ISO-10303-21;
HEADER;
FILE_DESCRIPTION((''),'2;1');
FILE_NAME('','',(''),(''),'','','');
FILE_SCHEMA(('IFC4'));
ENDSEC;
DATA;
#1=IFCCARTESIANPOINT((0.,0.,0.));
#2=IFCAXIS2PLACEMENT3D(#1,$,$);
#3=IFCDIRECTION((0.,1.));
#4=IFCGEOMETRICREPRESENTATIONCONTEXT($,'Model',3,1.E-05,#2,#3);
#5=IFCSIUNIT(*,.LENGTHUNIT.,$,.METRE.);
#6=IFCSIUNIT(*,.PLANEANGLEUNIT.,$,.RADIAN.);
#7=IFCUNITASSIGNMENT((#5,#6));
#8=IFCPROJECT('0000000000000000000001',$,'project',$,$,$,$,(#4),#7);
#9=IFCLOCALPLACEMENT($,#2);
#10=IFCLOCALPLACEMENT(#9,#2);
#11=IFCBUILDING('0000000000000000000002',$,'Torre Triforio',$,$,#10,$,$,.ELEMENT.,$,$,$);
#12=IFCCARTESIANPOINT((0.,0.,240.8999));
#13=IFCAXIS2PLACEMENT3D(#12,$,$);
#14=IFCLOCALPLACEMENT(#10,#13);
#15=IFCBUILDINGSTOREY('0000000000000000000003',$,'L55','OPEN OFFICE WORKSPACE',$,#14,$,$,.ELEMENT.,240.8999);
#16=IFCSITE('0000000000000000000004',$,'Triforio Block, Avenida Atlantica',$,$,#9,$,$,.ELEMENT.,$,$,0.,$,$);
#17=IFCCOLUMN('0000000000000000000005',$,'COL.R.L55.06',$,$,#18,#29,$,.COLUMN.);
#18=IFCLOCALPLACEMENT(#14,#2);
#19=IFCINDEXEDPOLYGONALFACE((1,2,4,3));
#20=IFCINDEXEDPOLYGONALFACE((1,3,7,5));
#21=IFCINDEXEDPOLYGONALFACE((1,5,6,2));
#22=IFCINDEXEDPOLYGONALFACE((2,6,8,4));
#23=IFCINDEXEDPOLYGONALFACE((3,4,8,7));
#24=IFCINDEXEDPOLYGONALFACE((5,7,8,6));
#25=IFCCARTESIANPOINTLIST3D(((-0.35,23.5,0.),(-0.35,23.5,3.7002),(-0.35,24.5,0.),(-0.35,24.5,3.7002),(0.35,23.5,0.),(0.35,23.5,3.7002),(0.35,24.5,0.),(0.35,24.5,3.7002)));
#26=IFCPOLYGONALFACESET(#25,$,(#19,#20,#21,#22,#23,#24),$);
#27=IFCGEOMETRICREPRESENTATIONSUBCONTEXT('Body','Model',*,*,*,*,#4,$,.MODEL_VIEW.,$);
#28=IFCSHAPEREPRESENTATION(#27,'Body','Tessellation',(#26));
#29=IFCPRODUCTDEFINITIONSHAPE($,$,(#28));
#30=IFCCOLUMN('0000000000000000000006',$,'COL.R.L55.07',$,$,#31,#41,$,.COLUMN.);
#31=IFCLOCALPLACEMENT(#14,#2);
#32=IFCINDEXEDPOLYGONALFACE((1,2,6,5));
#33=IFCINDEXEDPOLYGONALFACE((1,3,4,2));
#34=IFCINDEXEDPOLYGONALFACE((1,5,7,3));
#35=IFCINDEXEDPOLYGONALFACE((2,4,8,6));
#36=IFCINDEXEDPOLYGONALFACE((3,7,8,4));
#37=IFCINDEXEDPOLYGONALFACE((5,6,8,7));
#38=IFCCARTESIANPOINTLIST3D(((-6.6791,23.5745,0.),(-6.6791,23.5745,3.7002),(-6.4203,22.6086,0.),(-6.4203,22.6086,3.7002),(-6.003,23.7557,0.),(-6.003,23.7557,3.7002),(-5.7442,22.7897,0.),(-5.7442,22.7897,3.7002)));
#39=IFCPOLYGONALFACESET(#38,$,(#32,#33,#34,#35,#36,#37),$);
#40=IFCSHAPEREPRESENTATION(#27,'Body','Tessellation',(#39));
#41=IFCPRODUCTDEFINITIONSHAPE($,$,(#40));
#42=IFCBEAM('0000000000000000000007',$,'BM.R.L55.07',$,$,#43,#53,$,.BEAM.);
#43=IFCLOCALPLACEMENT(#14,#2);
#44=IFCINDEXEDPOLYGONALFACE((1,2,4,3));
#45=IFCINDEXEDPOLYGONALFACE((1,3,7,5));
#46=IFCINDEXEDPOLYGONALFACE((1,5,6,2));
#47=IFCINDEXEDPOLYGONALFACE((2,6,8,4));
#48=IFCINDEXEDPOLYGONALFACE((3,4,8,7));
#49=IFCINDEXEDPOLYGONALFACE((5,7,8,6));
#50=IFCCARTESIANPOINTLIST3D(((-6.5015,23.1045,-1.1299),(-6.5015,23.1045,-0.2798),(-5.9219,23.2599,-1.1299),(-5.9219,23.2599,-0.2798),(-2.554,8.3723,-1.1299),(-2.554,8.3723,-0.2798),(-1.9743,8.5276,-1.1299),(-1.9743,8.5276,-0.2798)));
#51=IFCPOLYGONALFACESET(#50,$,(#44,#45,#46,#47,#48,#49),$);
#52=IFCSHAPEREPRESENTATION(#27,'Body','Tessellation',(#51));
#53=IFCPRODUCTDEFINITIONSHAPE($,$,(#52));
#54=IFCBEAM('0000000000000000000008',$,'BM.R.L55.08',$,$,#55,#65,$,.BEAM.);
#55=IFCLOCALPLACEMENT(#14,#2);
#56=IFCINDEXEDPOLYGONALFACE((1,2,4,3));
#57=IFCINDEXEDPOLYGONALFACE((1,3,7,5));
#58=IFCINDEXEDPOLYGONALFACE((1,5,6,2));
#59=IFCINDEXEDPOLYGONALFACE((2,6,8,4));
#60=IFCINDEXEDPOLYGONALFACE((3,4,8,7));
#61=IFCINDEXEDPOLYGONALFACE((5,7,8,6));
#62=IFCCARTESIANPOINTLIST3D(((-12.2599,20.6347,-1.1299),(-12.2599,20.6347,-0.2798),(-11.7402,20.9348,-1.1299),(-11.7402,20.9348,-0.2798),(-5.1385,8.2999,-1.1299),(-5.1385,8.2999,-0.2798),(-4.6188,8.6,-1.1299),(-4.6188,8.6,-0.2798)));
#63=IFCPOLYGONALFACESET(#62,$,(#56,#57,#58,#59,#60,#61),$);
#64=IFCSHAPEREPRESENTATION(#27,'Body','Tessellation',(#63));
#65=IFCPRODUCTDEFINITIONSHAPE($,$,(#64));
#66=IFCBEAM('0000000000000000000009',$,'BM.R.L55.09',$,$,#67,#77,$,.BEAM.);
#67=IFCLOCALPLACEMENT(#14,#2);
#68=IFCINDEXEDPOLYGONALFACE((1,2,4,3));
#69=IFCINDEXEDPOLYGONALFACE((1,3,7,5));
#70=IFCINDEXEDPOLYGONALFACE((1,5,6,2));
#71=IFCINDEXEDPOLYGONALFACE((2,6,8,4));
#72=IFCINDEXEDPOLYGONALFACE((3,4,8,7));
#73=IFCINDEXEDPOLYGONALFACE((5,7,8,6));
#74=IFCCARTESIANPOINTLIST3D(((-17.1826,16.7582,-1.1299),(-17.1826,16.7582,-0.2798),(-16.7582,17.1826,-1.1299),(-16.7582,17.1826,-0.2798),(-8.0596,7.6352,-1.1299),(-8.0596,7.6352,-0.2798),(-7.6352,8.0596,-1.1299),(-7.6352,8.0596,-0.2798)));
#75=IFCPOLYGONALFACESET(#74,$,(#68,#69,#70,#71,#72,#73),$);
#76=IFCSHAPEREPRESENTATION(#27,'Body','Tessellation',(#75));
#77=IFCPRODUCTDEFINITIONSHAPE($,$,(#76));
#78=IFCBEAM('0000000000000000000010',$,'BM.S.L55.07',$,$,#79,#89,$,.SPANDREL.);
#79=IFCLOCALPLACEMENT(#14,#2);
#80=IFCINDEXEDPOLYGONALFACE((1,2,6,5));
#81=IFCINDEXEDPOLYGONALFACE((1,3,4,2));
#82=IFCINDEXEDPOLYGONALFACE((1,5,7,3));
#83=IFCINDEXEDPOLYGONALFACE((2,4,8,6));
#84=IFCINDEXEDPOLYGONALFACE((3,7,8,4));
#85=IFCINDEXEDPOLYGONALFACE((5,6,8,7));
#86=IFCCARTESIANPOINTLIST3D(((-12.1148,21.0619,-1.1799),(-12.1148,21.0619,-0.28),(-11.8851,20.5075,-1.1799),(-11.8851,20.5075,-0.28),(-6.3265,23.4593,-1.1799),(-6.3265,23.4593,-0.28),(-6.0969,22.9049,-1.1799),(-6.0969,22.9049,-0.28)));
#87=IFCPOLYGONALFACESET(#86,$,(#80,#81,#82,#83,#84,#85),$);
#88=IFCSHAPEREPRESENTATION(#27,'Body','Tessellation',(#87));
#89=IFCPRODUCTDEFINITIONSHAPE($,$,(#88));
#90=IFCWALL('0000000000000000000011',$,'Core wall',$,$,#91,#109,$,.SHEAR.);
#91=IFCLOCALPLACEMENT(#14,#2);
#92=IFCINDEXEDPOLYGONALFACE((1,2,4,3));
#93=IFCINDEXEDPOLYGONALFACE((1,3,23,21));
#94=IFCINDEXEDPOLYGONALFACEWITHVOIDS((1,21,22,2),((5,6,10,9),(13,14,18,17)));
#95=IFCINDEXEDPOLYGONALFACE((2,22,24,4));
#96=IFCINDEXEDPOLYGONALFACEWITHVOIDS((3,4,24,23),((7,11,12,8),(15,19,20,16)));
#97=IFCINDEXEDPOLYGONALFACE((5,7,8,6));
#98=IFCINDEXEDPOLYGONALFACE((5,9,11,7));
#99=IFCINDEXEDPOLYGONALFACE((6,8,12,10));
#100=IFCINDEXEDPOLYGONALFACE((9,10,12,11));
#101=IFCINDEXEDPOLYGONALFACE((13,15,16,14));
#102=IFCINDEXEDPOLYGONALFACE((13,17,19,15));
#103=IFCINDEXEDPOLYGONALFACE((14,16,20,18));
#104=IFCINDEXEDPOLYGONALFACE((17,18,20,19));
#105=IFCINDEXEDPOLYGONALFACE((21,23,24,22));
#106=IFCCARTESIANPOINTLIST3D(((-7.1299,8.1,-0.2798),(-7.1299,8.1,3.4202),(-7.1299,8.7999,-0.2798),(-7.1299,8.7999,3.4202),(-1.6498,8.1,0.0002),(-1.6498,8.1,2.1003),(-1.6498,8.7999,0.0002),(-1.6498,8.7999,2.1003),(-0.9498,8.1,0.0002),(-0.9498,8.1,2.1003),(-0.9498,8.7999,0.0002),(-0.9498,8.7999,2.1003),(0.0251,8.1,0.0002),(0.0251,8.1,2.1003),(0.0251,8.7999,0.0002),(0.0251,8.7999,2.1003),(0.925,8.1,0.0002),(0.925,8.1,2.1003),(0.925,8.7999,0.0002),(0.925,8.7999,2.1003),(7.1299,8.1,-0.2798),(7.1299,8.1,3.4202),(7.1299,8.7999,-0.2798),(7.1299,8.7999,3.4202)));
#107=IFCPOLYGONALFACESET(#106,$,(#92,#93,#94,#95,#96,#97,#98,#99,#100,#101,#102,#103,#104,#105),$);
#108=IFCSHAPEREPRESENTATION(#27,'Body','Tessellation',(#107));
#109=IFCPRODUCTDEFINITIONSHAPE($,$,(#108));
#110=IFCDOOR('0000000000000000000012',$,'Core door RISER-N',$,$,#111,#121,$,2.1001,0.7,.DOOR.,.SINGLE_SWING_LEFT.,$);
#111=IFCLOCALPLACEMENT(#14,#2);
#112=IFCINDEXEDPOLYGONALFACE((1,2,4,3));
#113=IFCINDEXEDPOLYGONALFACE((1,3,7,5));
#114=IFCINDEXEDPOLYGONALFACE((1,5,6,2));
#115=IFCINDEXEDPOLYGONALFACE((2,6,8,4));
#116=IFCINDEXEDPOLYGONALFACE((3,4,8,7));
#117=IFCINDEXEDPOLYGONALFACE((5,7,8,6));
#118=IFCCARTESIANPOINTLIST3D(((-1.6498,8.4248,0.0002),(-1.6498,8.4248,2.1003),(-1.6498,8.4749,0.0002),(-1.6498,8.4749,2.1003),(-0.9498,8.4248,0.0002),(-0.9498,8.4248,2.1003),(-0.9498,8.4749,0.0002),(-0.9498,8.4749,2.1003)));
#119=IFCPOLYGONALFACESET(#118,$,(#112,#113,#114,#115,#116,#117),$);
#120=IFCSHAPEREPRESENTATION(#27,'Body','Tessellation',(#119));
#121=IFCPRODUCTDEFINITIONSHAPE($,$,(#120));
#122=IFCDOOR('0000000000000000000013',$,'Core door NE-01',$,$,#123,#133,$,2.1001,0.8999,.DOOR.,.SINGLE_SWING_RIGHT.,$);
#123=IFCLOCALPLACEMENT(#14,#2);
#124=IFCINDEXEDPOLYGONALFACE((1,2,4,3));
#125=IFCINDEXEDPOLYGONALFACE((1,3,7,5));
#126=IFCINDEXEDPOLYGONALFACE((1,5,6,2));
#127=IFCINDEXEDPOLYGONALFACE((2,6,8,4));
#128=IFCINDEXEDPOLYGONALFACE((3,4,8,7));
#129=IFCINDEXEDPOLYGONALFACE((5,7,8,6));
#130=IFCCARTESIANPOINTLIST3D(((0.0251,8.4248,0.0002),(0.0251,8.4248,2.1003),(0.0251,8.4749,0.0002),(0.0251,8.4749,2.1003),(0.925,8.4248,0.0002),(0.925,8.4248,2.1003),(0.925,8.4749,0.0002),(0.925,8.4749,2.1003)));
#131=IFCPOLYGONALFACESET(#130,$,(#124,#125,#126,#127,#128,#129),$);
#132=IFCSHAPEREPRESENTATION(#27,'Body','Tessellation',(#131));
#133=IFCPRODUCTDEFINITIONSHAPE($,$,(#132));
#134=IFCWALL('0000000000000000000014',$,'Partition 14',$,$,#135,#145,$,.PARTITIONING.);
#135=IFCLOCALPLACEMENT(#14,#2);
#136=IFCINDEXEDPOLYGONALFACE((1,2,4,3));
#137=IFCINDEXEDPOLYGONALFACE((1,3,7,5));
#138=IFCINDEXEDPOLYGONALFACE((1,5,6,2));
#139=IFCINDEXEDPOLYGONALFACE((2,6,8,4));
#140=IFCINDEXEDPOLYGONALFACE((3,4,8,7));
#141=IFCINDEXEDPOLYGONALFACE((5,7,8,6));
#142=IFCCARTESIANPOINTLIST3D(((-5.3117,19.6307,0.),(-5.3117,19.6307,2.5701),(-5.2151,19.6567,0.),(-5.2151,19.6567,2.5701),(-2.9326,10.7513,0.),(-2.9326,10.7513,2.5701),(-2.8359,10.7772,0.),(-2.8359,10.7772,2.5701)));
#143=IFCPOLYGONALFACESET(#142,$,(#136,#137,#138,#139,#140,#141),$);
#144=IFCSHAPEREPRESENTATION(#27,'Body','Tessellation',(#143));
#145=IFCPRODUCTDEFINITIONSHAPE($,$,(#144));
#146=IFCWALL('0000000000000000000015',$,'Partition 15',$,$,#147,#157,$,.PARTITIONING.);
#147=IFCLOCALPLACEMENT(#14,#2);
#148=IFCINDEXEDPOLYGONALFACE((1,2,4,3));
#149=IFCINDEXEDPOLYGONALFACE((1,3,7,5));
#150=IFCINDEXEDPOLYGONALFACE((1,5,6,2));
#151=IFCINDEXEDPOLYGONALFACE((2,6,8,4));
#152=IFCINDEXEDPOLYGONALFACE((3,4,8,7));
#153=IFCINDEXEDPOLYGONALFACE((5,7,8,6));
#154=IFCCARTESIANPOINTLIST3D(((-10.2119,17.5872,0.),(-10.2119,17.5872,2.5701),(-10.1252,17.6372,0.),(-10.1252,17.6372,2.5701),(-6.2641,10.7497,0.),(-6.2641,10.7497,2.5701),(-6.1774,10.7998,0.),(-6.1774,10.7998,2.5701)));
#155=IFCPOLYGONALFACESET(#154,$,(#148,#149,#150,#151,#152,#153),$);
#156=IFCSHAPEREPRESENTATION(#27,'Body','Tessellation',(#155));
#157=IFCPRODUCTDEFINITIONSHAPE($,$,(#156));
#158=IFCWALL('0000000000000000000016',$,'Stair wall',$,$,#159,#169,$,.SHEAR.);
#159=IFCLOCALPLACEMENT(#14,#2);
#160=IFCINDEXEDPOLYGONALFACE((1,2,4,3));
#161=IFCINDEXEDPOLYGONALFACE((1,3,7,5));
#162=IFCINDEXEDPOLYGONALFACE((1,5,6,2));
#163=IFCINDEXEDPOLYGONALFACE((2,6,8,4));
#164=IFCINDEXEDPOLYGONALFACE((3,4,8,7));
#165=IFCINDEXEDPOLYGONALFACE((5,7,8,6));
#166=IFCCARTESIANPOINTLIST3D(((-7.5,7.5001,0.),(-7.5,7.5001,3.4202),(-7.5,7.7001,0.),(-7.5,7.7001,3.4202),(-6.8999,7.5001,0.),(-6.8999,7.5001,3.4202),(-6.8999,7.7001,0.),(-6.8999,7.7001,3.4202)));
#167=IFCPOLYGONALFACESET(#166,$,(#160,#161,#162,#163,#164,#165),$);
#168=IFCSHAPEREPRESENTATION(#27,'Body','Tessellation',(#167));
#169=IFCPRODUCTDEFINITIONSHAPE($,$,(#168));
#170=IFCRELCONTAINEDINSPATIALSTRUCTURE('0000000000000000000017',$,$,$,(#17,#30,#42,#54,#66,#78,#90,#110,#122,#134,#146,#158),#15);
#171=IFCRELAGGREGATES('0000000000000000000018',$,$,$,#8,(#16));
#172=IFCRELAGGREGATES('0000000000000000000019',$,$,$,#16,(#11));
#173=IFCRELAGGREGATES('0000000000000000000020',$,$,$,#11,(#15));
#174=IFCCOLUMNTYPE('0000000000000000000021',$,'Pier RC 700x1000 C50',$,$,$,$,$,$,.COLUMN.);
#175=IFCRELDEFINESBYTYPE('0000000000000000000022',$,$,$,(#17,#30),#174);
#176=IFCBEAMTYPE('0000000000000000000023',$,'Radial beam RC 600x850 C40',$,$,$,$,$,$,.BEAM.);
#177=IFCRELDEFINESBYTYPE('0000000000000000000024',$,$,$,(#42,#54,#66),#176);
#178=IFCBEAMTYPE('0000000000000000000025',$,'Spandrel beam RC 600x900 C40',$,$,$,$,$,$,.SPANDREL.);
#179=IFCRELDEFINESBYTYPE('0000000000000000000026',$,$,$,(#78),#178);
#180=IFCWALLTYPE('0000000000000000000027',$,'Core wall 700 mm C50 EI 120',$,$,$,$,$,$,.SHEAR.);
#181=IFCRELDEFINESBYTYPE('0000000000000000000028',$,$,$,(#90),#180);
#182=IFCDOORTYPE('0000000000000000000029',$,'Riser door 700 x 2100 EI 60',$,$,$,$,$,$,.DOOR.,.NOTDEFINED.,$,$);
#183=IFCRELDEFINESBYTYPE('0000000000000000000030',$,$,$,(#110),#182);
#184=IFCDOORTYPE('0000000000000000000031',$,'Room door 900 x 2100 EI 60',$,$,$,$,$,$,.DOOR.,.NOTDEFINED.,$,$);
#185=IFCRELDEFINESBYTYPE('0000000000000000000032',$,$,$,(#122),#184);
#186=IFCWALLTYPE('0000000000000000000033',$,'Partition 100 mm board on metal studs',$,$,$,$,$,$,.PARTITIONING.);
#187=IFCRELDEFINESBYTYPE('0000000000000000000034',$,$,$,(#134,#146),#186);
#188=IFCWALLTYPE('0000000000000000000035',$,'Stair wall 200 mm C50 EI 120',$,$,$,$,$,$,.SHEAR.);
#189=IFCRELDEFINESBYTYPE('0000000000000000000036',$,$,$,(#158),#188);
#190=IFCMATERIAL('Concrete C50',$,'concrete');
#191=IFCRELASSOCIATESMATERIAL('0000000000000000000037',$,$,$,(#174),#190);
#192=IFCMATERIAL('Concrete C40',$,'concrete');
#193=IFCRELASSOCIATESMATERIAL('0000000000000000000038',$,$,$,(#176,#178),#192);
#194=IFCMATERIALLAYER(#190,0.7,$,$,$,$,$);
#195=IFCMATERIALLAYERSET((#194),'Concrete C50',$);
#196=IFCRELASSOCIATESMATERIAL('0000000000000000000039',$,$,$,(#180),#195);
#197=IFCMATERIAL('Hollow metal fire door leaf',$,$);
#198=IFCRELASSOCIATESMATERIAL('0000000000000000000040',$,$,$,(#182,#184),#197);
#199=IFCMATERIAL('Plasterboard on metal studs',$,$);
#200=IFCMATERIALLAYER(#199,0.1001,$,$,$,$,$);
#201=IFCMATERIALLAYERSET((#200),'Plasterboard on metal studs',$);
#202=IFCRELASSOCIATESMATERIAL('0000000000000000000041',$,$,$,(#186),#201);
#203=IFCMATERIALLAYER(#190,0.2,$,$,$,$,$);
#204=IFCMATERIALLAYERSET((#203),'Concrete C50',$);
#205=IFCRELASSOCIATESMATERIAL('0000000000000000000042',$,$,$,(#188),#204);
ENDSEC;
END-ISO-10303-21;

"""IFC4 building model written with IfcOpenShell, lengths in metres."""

from ifc_helpers import new_model, si_unit, direction, frame, frame_2d, origin, origin_2d, place, context, subcontext, project, spatial, rectangle, extrude, material, layer, layer_set, material_profile, profile_set, type_object, element, fill, save


model = new_model("IFC4")

# Units and contexts
model_context = context("Model", 3, precision=1e-05, world=origin(), true_north=direction((0.0, 1.0)))
body_context = subcontext(model_context, "Body", "Model", "MODEL_VIEW")
ifc_project = project(units=[si_unit("LENGTHUNIT", "METRE"), si_unit("PLANEANGLEUNIT", "RADIAN")], contexts=[model_context])

# Site, building, storey
site_placement = place(None, origin())
site = spatial("IfcSite", under=ifc_project, at=site_placement, Name="Triforio Block, Avenida Atlantica", CompositionType="ELEMENT", RefElevation=0.0)
building_placement = place(site_placement, origin())
building = spatial("IfcBuilding", under=site, at=building_placement, Name="Torre Triforio", CompositionType="ELEMENT")
storey_placement = place(building_placement, frame((0.0, 0.0, 240.8999)))
storey = spatial("IfcBuildingStorey", under=building, at=storey_placement, Name="L55", Description="OPEN OFFICE WORKSPACE", CompositionType="ELEMENT", Elevation=240.8999)

# Columns
ifc_material_1 = material(Name="Concrete C50", Category="concrete")
ifc_material_profile_1 = material_profile(ifc_material_1, rectangle(XDim=0.7, YDim=1.0, at=origin_2d()), Name="RC 700x1000")
ifc_profile_set_1 = profile_set([ifc_material_profile_1], Name="Concrete C50")
column_type = type_object("IfcColumnType", Name="Pier RC 700x1000 C50", PredefinedType="COLUMN", material=ifc_profile_set_1)
for number, where, z_axis, x_axis, name in (
    (1, (0.0, 24.0, 0.0), (0.0, 0.0, 1.0), (-1.0, 0.0, 0.0), "COL.R.L55.06"),
    (2, (-6.2117, 23.1821, 0.0), (0.0, 0.0, 1.0), (-0.965926, -0.258819, 0.0), "COL.R.L55.07"),
):
    element("IfcColumn", number, at=place(storey_placement, frame(where, z_axis=z_axis, x_axis=x_axis)), inside=storey, type_object=column_type, Name=name, PredefinedType="COLUMN", context=body_context, shape_type="SweptSolid", body=[
        extrude(rectangle(XDim=0.7, YDim=1.0, at=origin_2d()), origin(), (0.0, 0.0, 1.0), 3.7002),
    ])

# Beams
ifc_material_2 = material(Name="Concrete C40", Category="concrete")
ifc_material_profile_2 = material_profile(ifc_material_2, rectangle(XDim=0.6001, YDim=0.8501, at=origin_2d()), Name="RC 600x850")
ifc_profile_set_2 = profile_set([ifc_material_profile_2], Name="Concrete C40")
beam_type_1 = type_object("IfcBeamType", Name="Radial beam RC 600x850 C40", PredefinedType="BEAM", material=ifc_profile_set_2)
beam_1_placement = place(storey_placement, frame((-2.2642, 8.45, -0.7048), z_axis=(-0.258821, 0.965925, 0.0), x_axis=(-0.965925, -0.258821, 0.0)))
element("IfcBeam", 3, at=beam_1_placement, inside=storey, type_object=beam_type_1, Name="BM.R.L55.07", PredefinedType="BEAM", context=body_context, shape_type="SweptSolid", body=[
    extrude(rectangle(XDim=0.6001, YDim=0.8501, at=origin_2d()), origin(), (0.0, 0.0, 1.0), 15.252),
])
beam_2_placement = place(storey_placement, frame((-4.8787, 8.45, -0.7048), z_axis=(-0.499994, 0.866029, 0.0), x_axis=(-0.866029, -0.499994, 0.0)))
element("IfcBeam", 4, at=beam_2_placement, inside=storey, type_object=beam_type_1, Name="BM.R.L55.08", PredefinedType="BEAM", context=body_context, shape_type="SweptSolid", body=[
    extrude(rectangle(XDim=0.6001, YDim=0.8501, at=origin_2d()), origin(), (0.0, 0.0, 1.0), 14.2429),
])
beam_3_placement = place(storey_placement, frame((-7.8474, 7.8474, -0.7048), z_axis=(-0.707107, 0.707107, 0.0), x_axis=(-0.707107, -0.707107, 0.0)))
element("IfcBeam", 5, at=beam_3_placement, inside=storey, type_object=beam_type_1, Name="BM.R.L55.09", PredefinedType="BEAM", context=body_context, shape_type="SweptSolid", body=[
    extrude(rectangle(XDim=0.6001, YDim=0.8501, at=origin_2d()), origin(), (0.0, 0.0, 1.0), 12.9019),
])
ifc_material_profile_3 = material_profile(ifc_material_2, rectangle(XDim=0.6001, YDim=0.8999, at=origin_2d()), Name="RC 600x900")
ifc_profile_set_3 = profile_set([ifc_material_profile_3], Name="Concrete C40")
beam_type_2 = type_object("IfcBeamType", Name="Spandrel beam RC 600x900 C40", PredefinedType="SPANDREL", material=ifc_profile_set_3)
beam_4_placement = place(storey_placement, frame((-6.2117, 23.1821, -0.73), z_axis=(-0.923888, -0.382664, 0.0), x_axis=(0.382664, -0.923888, 0.0)))
element("IfcBeam", 6, at=beam_4_placement, inside=storey, type_object=beam_type_2, Name="BM.S.L55.07", PredefinedType="SPANDREL", context=body_context, shape_type="SweptSolid", body=[
    extrude(rectangle(XDim=0.6001, YDim=0.8999, at=origin_2d()), origin(), (0.0, 0.0, 1.0), 6.2651),
])

# Wall, openings, doors
ifc_layer_1 = layer(ifc_material_1, 0.7)
ifc_layer_set_1 = layer_set([ifc_layer_1], Name="Concrete C50")
wall_type_1 = type_object("IfcWallType", Name="Core wall 700 mm C50 EI 120", PredefinedType="SHEAR", material=ifc_layer_set_1)
wall_1_placement = place(storey_placement, frame((-7.1299, 8.45, -0.2798), z_axis=(0.0, 0.0, 1.0), x_axis=(1.0, 0.0, 0.0)))
wall_1 = element("IfcWall", 7, at=wall_1_placement, inside=storey, type_object=wall_type_1, Name="Core wall", PredefinedType="SHEAR", context=body_context, shape_type="SweptSolid", body=[
    extrude(rectangle(XDim=14.2598, YDim=0.7, at=frame_2d((7.1299, 0.0))), origin(), (0.0, 0.0, 1.0), 3.7),
])
opening_1_placement = place(wall_1_placement, frame((5.48, 0.0, 0.28)))
opening_1 = element("IfcOpeningElement", 8, at=opening_1_placement, cuts=wall_1, PredefinedType="OPENING", context=body_context, shape_type="SweptSolid", body=[
    extrude(rectangle(XDim=0.7, YDim=2.1001, at=frame_2d((0.3501, 1.05))), frame((0.0, 0.3599, 0.0), z_axis=(0.0, -1.0, 0.0), x_axis=(1.0, 0.0, 0.0)), (0.0, 0.0, 1.0), 0.72),
])
opening_2_placement = place(wall_1_placement, frame((7.155, 0.0, 0.28)))
opening_2 = element("IfcOpeningElement", 9, at=opening_2_placement, cuts=wall_1, PredefinedType="OPENING", context=body_context, shape_type="SweptSolid", body=[
    extrude(rectangle(XDim=0.8999, YDim=2.1001, at=frame_2d((0.45, 1.05))), frame((0.0, 0.3599, 0.0), z_axis=(0.0, -1.0, 0.0), x_axis=(1.0, 0.0, 0.0)), (0.0, 0.0, 1.0), 0.72),
])
ifc_material_3 = material(Name="Hollow metal fire door leaf")
door_type_1 = type_object("IfcDoorType", Name="Riser door 700 x 2100 EI 60", OperationType="NOTDEFINED", PredefinedType="DOOR", material=ifc_material_3)
door_1_placement = place(opening_1_placement, origin())
door_1 = element("IfcDoor", 10, at=door_1_placement, inside=storey, type_object=door_type_1, Name="Core door RISER-N", OperationType="SINGLE_SWING_LEFT", OverallHeight=2.1001, OverallWidth=0.7, PredefinedType="DOOR", context=body_context, shape_type="SweptSolid", body=[
    extrude(rectangle(XDim=0.7, YDim=2.1001, at=frame_2d((0.3501, 1.05))), frame((0.0, 0.0249, 0.0), z_axis=(0.0, -1.0, 0.0), x_axis=(1.0, 0.0, 0.0)), (0.0, 0.0, 1.0), 0.05),
])
fill(opening_1, door_1)
door_type_2 = type_object("IfcDoorType", Name="Room door 900 x 2100 EI 60", OperationType="NOTDEFINED", PredefinedType="DOOR", material=ifc_material_3)
door_2_placement = place(opening_2_placement, origin())
door_2 = element("IfcDoor", 11, at=door_2_placement, inside=storey, type_object=door_type_2, Name="Core door NE-01", OperationType="SINGLE_SWING_RIGHT", OverallHeight=2.1001, OverallWidth=0.8999, PredefinedType="DOOR", context=body_context, shape_type="SweptSolid", body=[
    extrude(rectangle(XDim=0.8999, YDim=2.1001, at=frame_2d((0.45, 1.05))), frame((0.0, 0.0249, 0.0), z_axis=(0.0, -1.0, 0.0), x_axis=(1.0, 0.0, 0.0)), (0.0, 0.0, 1.0), 0.05),
])
fill(opening_2, door_2)

# Walls
ifc_material_4 = material(Name="Plasterboard on metal studs")
ifc_layer_2 = layer(ifc_material_4, 0.1001)
ifc_layer_set_2 = layer_set([ifc_layer_2], Name="Plasterboard on metal studs")
wall_type_2 = type_object("IfcWallType", Name="Partition 100 mm board on metal studs", PredefinedType="PARTITIONING", material=ifc_layer_set_2)
wall_2_placement = place(storey_placement, frame((-2.8843, 10.7644, 0.0), z_axis=(0.0, 0.0, 1.0), x_axis=(-0.258811, 0.965928, 0.0)))
element("IfcWall", 12, at=wall_2_placement, inside=storey, type_object=wall_type_2, Name="Partition 14", PredefinedType="PARTITIONING", context=body_context, shape_type="SweptSolid", body=[
    extrude(rectangle(XDim=9.1926, YDim=0.1001, at=frame_2d((4.5962, 0.0))), origin(), (0.0, 0.0, 1.0), 2.5701),
])
wall_3_placement = place(storey_placement, frame((-6.2207, 10.7747, 0.0), z_axis=(0.0, 0.0, 1.0), x_axis=(-0.500017, 0.866016, 0.0)))
element("IfcWall", 13, at=wall_3_placement, inside=storey, type_object=wall_type_2, Name="Partition 15", PredefinedType="PARTITIONING", context=body_context, shape_type="SweptSolid", body=[
    extrude(rectangle(XDim=7.8953, YDim=0.1001, at=frame_2d((3.9478, 0.0))), origin(), (0.0, 0.0, 1.0), 2.5701),
])
ifc_layer_3 = layer(ifc_material_1, 0.2)
ifc_layer_set_3 = layer_set([ifc_layer_3], Name="Concrete C50")
wall_type_3 = type_object("IfcWallType", Name="Stair wall 200 mm C50 EI 120", PredefinedType="SHEAR", material=ifc_layer_set_3)
wall_4_placement = place(storey_placement, frame((-7.5, 7.6001, 0.0), z_axis=(0.0, 0.0, 1.0), x_axis=(1.0, 0.0, 0.0)))
element("IfcWall", 14, at=wall_4_placement, inside=storey, type_object=wall_type_3, Name="Stair wall", PredefinedType="SHEAR", context=body_context, shape_type="SweptSolid", body=[
    extrude(rectangle(XDim=0.6001, YDim=0.2, at=frame_2d((0.3, 0.0))), origin(), (0.0, 0.0, 1.0), 3.4202),
])

save(model, "model.ifc")
